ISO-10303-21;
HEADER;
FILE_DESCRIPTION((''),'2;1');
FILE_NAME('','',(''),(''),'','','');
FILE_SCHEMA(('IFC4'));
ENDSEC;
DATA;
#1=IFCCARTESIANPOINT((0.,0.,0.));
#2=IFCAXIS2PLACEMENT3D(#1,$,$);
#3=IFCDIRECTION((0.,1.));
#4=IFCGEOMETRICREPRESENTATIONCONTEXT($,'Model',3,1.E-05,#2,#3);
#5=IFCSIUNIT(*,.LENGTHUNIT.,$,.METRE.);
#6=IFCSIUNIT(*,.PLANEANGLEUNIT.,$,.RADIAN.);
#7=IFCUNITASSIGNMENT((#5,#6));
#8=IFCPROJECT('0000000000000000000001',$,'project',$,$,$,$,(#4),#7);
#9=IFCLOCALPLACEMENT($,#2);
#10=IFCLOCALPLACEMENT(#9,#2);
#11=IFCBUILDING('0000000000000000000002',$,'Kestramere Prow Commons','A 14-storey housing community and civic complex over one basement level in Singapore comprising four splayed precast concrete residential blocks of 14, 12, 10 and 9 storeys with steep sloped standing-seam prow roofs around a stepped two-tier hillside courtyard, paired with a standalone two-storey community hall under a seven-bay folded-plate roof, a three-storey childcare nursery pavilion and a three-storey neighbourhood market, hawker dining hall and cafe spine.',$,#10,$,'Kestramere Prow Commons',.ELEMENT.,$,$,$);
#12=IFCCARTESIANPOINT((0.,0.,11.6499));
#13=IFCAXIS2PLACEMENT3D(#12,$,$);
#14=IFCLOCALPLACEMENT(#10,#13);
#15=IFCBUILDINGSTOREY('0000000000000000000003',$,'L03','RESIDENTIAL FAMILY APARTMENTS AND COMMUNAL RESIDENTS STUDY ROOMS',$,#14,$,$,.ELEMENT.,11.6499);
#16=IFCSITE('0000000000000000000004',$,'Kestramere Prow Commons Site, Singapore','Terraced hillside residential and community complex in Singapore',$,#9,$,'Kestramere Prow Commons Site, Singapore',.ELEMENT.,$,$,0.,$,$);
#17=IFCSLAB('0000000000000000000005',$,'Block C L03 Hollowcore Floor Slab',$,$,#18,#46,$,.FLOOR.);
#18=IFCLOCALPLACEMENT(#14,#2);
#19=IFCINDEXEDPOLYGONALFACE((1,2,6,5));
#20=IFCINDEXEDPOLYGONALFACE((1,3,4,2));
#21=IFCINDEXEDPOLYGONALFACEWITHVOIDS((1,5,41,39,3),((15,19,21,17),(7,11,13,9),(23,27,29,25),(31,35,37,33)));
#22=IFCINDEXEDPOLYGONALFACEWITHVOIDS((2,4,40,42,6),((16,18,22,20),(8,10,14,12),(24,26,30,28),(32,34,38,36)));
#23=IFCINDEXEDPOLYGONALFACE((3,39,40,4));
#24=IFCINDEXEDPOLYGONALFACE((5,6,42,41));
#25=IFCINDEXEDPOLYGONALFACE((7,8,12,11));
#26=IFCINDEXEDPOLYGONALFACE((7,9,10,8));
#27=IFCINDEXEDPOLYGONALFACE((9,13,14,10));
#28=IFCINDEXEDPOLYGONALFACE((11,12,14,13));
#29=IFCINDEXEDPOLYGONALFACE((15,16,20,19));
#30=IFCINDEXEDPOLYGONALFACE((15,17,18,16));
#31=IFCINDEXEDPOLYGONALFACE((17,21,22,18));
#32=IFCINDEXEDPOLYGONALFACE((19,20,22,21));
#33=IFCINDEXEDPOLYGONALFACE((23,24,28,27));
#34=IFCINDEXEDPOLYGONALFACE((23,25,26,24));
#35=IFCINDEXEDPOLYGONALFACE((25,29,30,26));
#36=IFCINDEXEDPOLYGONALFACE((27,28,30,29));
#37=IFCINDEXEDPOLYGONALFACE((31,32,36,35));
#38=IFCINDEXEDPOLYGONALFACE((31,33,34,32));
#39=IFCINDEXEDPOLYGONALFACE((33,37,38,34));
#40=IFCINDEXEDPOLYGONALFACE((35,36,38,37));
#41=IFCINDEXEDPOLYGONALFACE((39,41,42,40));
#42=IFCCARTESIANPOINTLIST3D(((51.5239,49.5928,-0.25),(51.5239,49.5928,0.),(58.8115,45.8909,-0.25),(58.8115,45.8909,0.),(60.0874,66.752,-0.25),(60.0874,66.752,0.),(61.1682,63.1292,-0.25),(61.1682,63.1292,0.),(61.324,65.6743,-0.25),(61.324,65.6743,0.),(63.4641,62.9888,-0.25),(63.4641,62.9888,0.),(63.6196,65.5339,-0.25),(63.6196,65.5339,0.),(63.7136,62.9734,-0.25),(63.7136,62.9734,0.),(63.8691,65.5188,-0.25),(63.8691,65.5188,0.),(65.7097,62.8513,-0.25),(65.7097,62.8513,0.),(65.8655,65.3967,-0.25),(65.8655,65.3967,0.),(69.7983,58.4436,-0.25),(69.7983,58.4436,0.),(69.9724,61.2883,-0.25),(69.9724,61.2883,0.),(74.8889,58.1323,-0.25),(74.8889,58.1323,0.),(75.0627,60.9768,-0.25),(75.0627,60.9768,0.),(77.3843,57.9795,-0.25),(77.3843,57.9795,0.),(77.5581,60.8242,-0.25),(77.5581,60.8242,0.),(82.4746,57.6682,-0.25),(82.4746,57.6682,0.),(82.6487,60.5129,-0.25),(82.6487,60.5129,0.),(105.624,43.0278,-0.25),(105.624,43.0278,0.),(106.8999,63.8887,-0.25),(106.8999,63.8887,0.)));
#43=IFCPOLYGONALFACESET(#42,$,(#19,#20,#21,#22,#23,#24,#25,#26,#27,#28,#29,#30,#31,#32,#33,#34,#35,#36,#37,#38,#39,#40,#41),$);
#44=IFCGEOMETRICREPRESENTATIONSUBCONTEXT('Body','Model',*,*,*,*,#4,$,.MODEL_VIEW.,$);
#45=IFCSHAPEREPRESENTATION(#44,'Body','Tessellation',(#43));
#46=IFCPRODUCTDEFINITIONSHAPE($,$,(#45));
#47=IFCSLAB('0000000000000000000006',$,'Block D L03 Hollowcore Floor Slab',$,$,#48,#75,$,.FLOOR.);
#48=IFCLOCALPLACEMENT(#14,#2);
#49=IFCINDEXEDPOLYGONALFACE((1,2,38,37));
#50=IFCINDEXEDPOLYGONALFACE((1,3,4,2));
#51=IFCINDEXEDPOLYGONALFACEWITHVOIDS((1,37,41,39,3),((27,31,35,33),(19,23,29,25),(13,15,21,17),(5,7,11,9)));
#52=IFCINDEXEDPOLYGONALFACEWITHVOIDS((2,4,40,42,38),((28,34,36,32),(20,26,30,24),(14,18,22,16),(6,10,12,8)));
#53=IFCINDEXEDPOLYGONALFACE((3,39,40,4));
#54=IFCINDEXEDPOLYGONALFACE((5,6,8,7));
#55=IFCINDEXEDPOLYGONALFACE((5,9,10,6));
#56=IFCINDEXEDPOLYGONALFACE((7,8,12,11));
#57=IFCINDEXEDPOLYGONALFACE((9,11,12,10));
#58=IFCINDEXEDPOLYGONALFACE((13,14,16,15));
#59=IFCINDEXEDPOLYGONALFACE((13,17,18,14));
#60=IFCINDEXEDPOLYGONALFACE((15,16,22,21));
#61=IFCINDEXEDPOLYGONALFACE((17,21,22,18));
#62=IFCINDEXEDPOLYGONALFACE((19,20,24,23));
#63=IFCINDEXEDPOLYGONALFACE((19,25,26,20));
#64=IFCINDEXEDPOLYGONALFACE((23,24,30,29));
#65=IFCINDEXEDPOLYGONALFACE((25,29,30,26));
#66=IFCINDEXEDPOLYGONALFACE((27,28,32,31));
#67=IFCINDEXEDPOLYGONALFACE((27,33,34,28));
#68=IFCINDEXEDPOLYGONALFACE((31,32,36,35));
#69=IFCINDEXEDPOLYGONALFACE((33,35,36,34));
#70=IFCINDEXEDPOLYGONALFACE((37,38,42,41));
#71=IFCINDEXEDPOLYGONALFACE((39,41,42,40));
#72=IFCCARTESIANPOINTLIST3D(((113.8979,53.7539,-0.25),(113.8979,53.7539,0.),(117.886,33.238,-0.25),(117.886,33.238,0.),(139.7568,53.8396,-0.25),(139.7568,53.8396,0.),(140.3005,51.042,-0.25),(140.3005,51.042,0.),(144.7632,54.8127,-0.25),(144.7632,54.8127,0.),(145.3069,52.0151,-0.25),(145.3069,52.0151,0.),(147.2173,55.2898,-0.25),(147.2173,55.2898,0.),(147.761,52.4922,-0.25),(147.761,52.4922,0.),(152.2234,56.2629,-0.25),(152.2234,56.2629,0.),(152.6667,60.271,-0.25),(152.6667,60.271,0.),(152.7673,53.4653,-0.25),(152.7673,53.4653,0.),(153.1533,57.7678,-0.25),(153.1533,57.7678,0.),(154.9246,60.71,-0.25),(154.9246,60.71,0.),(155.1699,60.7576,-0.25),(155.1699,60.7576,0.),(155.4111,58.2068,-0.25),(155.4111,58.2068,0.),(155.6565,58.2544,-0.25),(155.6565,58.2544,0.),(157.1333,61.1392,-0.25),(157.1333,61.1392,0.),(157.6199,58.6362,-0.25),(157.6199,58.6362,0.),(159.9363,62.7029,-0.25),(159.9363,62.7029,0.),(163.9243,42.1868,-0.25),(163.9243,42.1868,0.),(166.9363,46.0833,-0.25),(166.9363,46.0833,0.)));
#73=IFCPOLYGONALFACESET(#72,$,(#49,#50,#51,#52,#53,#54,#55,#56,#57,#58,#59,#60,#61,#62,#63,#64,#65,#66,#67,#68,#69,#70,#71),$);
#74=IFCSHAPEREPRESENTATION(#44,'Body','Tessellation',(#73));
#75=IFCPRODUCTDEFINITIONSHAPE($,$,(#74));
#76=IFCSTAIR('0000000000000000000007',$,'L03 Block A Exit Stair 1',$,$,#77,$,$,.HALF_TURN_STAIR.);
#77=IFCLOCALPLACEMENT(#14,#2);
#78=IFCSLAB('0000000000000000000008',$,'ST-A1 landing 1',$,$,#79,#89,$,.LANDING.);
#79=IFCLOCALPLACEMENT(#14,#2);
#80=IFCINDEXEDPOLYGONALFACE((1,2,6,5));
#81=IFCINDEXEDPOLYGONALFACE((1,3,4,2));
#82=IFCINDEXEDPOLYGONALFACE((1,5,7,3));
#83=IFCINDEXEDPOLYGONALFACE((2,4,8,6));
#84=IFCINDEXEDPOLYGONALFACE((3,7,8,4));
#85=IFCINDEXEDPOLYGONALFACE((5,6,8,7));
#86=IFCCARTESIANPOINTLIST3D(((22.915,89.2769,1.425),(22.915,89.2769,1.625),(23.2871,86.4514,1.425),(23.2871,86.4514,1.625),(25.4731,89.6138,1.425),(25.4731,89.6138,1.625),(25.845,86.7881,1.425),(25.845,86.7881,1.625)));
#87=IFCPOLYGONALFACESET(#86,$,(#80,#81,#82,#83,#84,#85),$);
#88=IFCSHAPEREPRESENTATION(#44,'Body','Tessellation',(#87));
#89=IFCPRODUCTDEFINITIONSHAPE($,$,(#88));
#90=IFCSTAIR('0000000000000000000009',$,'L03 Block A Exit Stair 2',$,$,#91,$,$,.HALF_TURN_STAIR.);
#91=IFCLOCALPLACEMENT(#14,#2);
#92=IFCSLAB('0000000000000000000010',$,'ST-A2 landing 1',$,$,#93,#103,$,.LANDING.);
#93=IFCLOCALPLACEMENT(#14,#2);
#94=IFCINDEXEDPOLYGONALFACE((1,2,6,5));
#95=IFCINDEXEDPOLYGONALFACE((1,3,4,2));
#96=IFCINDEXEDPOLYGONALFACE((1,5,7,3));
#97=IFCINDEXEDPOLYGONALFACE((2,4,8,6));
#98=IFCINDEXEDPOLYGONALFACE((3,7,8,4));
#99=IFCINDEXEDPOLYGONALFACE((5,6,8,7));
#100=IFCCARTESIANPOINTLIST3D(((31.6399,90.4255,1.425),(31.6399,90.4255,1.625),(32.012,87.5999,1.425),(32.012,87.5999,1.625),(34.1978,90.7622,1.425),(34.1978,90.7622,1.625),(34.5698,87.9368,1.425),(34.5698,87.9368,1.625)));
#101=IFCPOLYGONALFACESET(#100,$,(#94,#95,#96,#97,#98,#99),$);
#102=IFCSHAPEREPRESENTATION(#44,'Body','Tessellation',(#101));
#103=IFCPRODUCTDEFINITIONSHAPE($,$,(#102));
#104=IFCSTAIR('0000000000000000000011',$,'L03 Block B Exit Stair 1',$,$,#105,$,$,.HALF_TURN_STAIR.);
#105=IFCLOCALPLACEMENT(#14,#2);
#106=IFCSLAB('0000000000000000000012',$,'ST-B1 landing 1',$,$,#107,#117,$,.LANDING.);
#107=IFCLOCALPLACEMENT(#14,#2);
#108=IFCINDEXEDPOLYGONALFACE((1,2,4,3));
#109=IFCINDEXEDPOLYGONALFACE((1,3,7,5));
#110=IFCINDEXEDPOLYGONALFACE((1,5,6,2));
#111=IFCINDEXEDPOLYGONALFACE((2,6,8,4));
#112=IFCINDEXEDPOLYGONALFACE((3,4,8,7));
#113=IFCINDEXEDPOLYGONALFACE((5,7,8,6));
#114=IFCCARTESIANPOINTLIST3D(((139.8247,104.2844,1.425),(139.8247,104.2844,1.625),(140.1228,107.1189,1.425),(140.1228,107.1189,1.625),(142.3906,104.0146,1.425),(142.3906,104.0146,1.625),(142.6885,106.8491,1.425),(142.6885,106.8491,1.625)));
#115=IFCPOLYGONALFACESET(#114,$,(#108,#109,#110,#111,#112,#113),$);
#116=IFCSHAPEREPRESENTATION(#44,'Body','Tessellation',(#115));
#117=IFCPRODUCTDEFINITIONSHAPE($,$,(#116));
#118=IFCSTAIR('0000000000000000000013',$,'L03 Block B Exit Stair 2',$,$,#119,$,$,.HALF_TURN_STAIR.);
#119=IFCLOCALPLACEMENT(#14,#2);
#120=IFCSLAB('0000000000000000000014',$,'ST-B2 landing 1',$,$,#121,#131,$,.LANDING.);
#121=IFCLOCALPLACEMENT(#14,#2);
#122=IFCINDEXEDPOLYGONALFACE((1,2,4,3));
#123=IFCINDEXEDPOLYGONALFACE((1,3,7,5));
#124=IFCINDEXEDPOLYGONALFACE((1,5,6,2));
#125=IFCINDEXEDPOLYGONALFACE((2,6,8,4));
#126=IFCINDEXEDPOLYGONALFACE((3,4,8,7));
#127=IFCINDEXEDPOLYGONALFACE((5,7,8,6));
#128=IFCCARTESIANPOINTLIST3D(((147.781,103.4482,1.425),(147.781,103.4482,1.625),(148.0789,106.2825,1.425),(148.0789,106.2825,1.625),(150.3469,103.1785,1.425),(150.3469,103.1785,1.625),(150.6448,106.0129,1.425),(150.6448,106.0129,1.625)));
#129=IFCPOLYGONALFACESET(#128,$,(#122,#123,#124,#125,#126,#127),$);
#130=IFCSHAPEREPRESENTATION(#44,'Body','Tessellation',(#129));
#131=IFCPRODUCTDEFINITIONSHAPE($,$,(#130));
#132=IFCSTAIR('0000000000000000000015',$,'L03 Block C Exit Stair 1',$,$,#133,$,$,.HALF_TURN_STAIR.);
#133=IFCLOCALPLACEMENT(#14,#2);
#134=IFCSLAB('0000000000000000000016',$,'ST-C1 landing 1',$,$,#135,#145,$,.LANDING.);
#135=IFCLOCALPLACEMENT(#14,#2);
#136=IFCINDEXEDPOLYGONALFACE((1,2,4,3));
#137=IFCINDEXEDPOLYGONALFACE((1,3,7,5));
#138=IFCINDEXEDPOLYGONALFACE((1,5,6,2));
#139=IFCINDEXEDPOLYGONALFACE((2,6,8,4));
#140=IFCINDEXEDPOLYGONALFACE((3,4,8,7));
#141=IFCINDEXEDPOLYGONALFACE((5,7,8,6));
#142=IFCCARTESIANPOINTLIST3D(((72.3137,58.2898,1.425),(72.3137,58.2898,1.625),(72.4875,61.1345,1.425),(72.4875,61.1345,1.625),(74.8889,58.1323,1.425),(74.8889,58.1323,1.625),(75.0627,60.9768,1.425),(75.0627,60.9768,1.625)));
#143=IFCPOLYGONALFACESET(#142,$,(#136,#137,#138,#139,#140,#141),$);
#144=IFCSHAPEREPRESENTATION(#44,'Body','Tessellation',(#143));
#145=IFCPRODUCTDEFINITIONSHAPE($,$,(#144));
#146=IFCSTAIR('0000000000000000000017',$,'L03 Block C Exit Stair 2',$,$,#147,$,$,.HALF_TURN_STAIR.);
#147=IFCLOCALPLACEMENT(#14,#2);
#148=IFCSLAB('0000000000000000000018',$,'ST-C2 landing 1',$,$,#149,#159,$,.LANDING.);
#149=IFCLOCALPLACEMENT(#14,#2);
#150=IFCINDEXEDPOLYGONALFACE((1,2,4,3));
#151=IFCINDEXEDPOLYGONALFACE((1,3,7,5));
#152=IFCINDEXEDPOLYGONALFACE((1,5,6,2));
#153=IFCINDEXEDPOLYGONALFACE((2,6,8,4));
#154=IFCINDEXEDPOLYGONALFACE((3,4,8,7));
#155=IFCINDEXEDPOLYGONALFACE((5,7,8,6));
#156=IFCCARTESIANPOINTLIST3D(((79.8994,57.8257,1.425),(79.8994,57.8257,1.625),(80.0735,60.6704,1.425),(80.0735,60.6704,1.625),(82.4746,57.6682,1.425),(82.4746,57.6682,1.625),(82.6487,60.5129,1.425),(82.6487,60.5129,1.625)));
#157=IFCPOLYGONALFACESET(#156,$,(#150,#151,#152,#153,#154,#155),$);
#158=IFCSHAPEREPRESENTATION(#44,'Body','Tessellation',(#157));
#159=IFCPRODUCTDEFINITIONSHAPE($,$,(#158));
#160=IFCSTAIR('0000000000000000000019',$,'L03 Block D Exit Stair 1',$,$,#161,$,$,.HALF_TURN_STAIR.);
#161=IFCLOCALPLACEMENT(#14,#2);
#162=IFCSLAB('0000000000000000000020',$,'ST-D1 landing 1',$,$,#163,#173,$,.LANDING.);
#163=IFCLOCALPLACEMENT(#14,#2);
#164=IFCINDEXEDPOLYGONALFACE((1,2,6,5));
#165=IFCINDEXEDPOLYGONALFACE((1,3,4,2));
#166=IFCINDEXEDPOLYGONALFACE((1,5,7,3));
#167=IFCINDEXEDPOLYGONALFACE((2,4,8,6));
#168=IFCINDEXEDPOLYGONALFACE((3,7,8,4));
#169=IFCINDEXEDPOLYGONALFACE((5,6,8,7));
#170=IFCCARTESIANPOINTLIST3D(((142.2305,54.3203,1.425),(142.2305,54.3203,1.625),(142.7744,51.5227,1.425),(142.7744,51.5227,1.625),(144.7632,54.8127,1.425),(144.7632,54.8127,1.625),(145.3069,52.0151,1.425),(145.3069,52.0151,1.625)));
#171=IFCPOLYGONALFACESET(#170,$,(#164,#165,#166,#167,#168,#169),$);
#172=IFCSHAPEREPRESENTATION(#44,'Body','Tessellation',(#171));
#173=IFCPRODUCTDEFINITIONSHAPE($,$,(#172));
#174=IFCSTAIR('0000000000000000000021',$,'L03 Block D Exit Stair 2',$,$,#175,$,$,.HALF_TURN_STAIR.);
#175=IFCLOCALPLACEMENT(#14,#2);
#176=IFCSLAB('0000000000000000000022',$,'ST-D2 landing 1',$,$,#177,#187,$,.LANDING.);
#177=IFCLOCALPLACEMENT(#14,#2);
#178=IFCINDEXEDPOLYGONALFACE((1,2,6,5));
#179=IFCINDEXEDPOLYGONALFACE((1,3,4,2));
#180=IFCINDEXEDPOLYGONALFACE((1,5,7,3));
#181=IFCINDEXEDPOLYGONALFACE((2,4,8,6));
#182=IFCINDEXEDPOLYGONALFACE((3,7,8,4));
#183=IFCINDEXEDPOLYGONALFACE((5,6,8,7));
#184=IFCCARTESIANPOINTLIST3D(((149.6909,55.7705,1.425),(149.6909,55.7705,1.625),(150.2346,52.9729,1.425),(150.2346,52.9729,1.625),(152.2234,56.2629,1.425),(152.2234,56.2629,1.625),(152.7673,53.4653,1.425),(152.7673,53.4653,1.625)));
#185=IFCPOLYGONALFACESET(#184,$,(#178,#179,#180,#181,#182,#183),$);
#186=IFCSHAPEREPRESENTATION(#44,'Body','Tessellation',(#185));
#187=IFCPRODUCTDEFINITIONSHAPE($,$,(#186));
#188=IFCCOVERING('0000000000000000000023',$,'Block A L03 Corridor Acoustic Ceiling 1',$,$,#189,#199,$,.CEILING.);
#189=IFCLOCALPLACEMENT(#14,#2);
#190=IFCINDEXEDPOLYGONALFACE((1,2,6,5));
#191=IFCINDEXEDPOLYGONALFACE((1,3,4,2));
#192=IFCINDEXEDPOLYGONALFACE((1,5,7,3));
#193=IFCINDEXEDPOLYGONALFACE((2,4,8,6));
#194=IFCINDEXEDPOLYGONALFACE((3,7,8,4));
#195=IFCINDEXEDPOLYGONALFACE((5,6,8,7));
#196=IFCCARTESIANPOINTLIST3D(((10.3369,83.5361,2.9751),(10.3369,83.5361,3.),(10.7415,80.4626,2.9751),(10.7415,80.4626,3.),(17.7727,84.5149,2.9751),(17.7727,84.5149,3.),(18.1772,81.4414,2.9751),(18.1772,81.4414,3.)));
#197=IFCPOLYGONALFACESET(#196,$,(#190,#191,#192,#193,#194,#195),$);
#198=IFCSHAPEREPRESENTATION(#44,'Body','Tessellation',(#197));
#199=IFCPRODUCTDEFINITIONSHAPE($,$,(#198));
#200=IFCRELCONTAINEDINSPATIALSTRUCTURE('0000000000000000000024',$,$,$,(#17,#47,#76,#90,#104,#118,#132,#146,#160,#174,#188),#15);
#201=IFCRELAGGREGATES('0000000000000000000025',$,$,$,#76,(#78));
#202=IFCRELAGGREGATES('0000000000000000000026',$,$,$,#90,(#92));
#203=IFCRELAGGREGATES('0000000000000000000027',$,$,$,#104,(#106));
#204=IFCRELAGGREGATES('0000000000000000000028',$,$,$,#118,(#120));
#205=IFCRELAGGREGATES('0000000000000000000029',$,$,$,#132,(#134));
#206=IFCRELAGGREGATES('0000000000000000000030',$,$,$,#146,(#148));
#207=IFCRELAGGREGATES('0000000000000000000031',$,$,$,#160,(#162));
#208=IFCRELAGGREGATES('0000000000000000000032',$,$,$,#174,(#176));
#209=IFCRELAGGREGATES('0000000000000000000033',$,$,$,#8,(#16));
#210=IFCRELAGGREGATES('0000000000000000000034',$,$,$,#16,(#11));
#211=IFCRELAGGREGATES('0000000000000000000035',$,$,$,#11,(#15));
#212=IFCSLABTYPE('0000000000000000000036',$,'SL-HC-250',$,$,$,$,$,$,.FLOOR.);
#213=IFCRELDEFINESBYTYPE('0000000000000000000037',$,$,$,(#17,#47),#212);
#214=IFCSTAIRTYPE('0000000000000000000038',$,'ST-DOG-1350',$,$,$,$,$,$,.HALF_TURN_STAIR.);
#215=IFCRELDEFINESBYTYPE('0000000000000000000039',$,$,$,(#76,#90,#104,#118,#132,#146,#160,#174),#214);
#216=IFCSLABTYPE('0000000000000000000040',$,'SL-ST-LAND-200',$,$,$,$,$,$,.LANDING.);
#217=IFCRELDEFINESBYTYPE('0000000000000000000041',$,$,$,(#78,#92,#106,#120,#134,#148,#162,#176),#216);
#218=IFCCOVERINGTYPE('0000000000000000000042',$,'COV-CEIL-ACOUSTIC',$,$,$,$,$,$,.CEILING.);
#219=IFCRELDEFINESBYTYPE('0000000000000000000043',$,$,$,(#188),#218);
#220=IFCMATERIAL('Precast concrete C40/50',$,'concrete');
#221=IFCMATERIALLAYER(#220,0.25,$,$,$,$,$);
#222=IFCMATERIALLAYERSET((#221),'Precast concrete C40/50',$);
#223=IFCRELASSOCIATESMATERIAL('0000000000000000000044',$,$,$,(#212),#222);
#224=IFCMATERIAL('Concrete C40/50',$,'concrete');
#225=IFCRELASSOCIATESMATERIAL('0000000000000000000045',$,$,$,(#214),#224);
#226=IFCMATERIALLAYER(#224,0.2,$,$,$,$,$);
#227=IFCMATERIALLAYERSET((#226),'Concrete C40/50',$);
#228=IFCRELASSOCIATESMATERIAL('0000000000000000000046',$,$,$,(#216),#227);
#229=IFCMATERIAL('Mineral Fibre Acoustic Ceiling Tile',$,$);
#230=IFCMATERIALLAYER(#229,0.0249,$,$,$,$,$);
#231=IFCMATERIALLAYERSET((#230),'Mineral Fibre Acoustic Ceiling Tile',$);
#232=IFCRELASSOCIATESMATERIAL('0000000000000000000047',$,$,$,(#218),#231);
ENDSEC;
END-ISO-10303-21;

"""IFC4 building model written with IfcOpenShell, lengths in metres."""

from ifc_helpers import new_model, si_unit, direction, frame, origin, place, context, subcontext, project, spatial, polyline, outline, extrude, material, layer, layer_set, type_object, element, aggregate, save


model = new_model("IFC4")

# Units and contexts
model_context = context("Model", 3, precision=1e-05, world=origin(), true_north=direction((0.0, 1.0)))
body_context = subcontext(model_context, "Body", "Model", "MODEL_VIEW")
ifc_project = project(units=[si_unit("LENGTHUNIT", "METRE"), si_unit("PLANEANGLEUNIT", "RADIAN")], contexts=[model_context])

# Site, building, storey
site_placement = place(None, origin())
site = spatial("IfcSite", under=ifc_project, at=site_placement, Name="Kestramere Prow Commons Site, Singapore", Description="Terraced hillside residential and community complex in Singapore", LongName="Kestramere Prow Commons Site, Singapore", CompositionType="ELEMENT", RefElevation=0.0)
building_placement = place(site_placement, origin())
building = spatial("IfcBuilding", under=site, at=building_placement, Name="Kestramere Prow Commons", Description="A 14-storey housing community and civic complex over one basement level in Singapore comprising four splayed precast concrete residential blocks of 14, 12, 10 and 9 storeys with steep sloped standing-seam prow roofs around a stepped two-tier hillside courtyard, paired with a standalone two-storey community hall under a seven-bay folded-plate roof, a three-storey childcare nursery pavilion and a three-storey neighbourhood market, hawker dining hall and cafe spine.", LongName="Kestramere Prow Commons", CompositionType="ELEMENT")
storey_placement = place(building_placement, frame((0.0, 0.0, 11.6499)))
storey = spatial("IfcBuildingStorey", under=building, at=storey_placement, Name="L03", Description="RESIDENTIAL FAMILY APARTMENTS AND COMMUNAL RESIDENTS STUDY ROOMS", CompositionType="ELEMENT", Elevation=11.6499)

# Slabs
ifc_material_1 = material(Name="Precast concrete C40/50", Category="concrete")
ifc_layer_1 = layer(ifc_material_1, 0.25)
ifc_layer_set_1 = layer_set([ifc_layer_1], Name="Precast concrete C40/50")
slab_type_1 = type_object("IfcSlabType", Name="SL-HC-250", PredefinedType="FLOOR", material=ifc_layer_set_1)
slab_1_placement = place(storey_placement, frame((0.0, 0.0, -0.25)))
element("IfcSlab", 1, at=slab_1_placement, inside=storey, type_object=slab_type_1, Name="Block C L03 Hollowcore Floor Slab", PredefinedType="FLOOR", context=body_context, shape_type="SweptSolid", body=[
    extrude(outline(polyline([(51.5239, 49.5928), (58.8115, 45.8909), (105.624, 43.0278), (106.8999, 63.8887), (60.0874, 66.752), (51.5239, 49.5928)]), holes=[polyline([(61.1682, 63.1292), (63.4641, 62.9888), (63.6196, 65.5339), (61.324, 65.6743), (61.1682, 63.1292)]), polyline([(63.7136, 62.9734), (65.7097, 62.8513), (65.8655, 65.3967), (63.8691, 65.5188), (63.7136, 62.9734)]), polyline([(69.7983, 58.4436), (74.8889, 58.1323), (75.0627, 60.9768), (69.9724, 61.2883), (69.7983, 58.4436)]), polyline([(77.3843, 57.9795), (82.4746, 57.6682), (82.6487, 60.5129), (77.5581, 60.8242), (77.3843, 57.9795)])]), origin(), (0.0, 0.0, 1.0), 0.25),
])
slab_2_placement = place(storey_placement, frame((0.0, 0.0, -0.25)))
element("IfcSlab", 2, at=slab_2_placement, inside=storey, type_object=slab_type_1, Name="Block D L03 Hollowcore Floor Slab", PredefinedType="FLOOR", context=body_context, shape_type="SweptSolid", body=[
    extrude(outline(polyline([(117.886, 33.238), (163.9243, 42.1868), (166.9363, 46.0833), (159.9363, 62.7029), (113.8979, 53.7539), (117.886, 33.238)]), holes=[polyline([(153.1533, 57.7678), (155.4111, 58.2068), (154.9246, 60.71), (152.6667, 60.271), (153.1533, 57.7678)]), polyline([(155.6565, 58.2544), (157.6199, 58.6362), (157.1333, 61.1392), (155.1699, 60.7576), (155.6565, 58.2544)]), polyline([(140.3005, 51.042), (145.3069, 52.0151), (144.7632, 54.8127), (139.7568, 53.8396), (140.3005, 51.042)]), polyline([(147.761, 52.4922), (152.7673, 53.4653), (152.2234, 56.2629), (147.2173, 55.2898), (147.761, 52.4922)])]), origin(), (0.0, 0.0, 1.0), 0.25),
])

# Stairs, slabs
ifc_material_2 = material(Name="Concrete C40/50", Category="concrete")
stair_type = type_object("IfcStairType", Name="ST-DOG-1350", PredefinedType="HALF_TURN_STAIR", material=ifc_material_2)
stair_1_placement = place(storey_placement, origin())
stair_1 = element("IfcStair", 3, at=stair_1_placement, inside=storey, type_object=stair_type, Name="L03 Block A Exit Stair 1", PredefinedType="HALF_TURN_STAIR")
ifc_layer_2 = layer(ifc_material_2, 0.2)
ifc_layer_set_2 = layer_set([ifc_layer_2], Name="Concrete C40/50")
slab_type_2 = type_object("IfcSlabType", Name="SL-ST-LAND-200", PredefinedType="LANDING", material=ifc_layer_set_2)
slab_3_placement = place(storey_placement, frame((0.0, 0.0, 1.425)))
slab_3 = element("IfcSlab", 4, at=slab_3_placement, type_object=slab_type_2, Name="ST-A1 landing 1", PredefinedType="LANDING", context=body_context, shape_type="SweptSolid", body=[
    extrude(outline(polyline([(23.2871, 86.4514), (25.845, 86.7881), (25.4731, 89.6138), (22.915, 89.2769), (23.2871, 86.4514)])), origin(), (0.0, 0.0, 1.0), 0.2),
])
aggregate(stair_1, [slab_3])
stair_2_placement = place(storey_placement, origin())
stair_2 = element("IfcStair", 5, at=stair_2_placement, inside=storey, type_object=stair_type, Name="L03 Block A Exit Stair 2", PredefinedType="HALF_TURN_STAIR")
slab_4_placement = place(storey_placement, frame((0.0, 0.0, 1.425)))
slab_4 = element("IfcSlab", 6, at=slab_4_placement, type_object=slab_type_2, Name="ST-A2 landing 1", PredefinedType="LANDING", context=body_context, shape_type="SweptSolid", body=[
    extrude(outline(polyline([(32.012, 87.5999), (34.5698, 87.9368), (34.1978, 90.7622), (31.6399, 90.4255), (32.012, 87.5999)])), origin(), (0.0, 0.0, 1.0), 0.2),
])
aggregate(stair_2, [slab_4])
stair_3_placement = place(storey_placement, origin())
stair_3 = element("IfcStair", 7, at=stair_3_placement, inside=storey, type_object=stair_type, Name="L03 Block B Exit Stair 1", PredefinedType="HALF_TURN_STAIR")
slab_5_placement = place(storey_placement, frame((0.0, 0.0, 1.425)))
slab_5 = element("IfcSlab", 8, at=slab_5_placement, type_object=slab_type_2, Name="ST-B1 landing 1", PredefinedType="LANDING", context=body_context, shape_type="SweptSolid", body=[
    extrude(outline(polyline([(139.8247, 104.2844), (142.3906, 104.0146), (142.6885, 106.8491), (140.1228, 107.1189), (139.8247, 104.2844)])), origin(), (0.0, 0.0, 1.0), 0.2),
])
aggregate(stair_3, [slab_5])
stair_4_placement = place(storey_placement, origin())
stair_4 = element("IfcStair", 9, at=stair_4_placement, inside=storey, type_object=stair_type, Name="L03 Block B Exit Stair 2", PredefinedType="HALF_TURN_STAIR")
slab_6_placement = place(storey_placement, frame((0.0, 0.0, 1.425)))
slab_6 = element("IfcSlab", 10, at=slab_6_placement, type_object=slab_type_2, Name="ST-B2 landing 1", PredefinedType="LANDING", context=body_context, shape_type="SweptSolid", body=[
    extrude(outline(polyline([(147.781, 103.4482), (150.3469, 103.1785), (150.6448, 106.0129), (148.0789, 106.2825), (147.781, 103.4482)])), origin(), (0.0, 0.0, 1.0), 0.2),
])
aggregate(stair_4, [slab_6])
stair_5_placement = place(storey_placement, origin())
stair_5 = element("IfcStair", 11, at=stair_5_placement, inside=storey, type_object=stair_type, Name="L03 Block C Exit Stair 1", PredefinedType="HALF_TURN_STAIR")
slab_7_placement = place(storey_placement, frame((0.0, 0.0, 1.425)))
slab_7 = element("IfcSlab", 12, at=slab_7_placement, type_object=slab_type_2, Name="ST-C1 landing 1", PredefinedType="LANDING", context=body_context, shape_type="SweptSolid", body=[
    extrude(outline(polyline([(72.3137, 58.2898), (74.8889, 58.1323), (75.0627, 60.9768), (72.4875, 61.1345), (72.3137, 58.2898)])), origin(), (0.0, 0.0, 1.0), 0.2),
])
aggregate(stair_5, [slab_7])
stair_6_placement = place(storey_placement, origin())
stair_6 = element("IfcStair", 13, at=stair_6_placement, inside=storey, type_object=stair_type, Name="L03 Block C Exit Stair 2", PredefinedType="HALF_TURN_STAIR")
slab_8_placement = place(storey_placement, frame((0.0, 0.0, 1.425)))
slab_8 = element("IfcSlab", 14, at=slab_8_placement, type_object=slab_type_2, Name="ST-C2 landing 1", PredefinedType="LANDING", context=body_context, shape_type="SweptSolid", body=[
    extrude(outline(polyline([(79.8994, 57.8257), (82.4746, 57.6682), (82.6487, 60.5129), (80.0735, 60.6704), (79.8994, 57.8257)])), origin(), (0.0, 0.0, 1.0), 0.2),
])
aggregate(stair_6, [slab_8])
stair_7_placement = place(storey_placement, origin())
stair_7 = element("IfcStair", 15, at=stair_7_placement, inside=storey, type_object=stair_type, Name="L03 Block D Exit Stair 1", PredefinedType="HALF_TURN_STAIR")
slab_9_placement = place(storey_placement, frame((0.0, 0.0, 1.425)))
slab_9 = element("IfcSlab", 16, at=slab_9_placement, type_object=slab_type_2, Name="ST-D1 landing 1", PredefinedType="LANDING", context=body_context, shape_type="SweptSolid", body=[
    extrude(outline(polyline([(142.7744, 51.5227), (145.3069, 52.0151), (144.7632, 54.8127), (142.2305, 54.3203), (142.7744, 51.5227)])), origin(), (0.0, 0.0, 1.0), 0.2),
])
aggregate(stair_7, [slab_9])
stair_8_placement = place(storey_placement, origin())
stair_8 = element("IfcStair", 17, at=stair_8_placement, inside=storey, type_object=stair_type, Name="L03 Block D Exit Stair 2", PredefinedType="HALF_TURN_STAIR")
slab_10_placement = place(storey_placement, frame((0.0, 0.0, 1.425)))
slab_10 = element("IfcSlab", 18, at=slab_10_placement, type_object=slab_type_2, Name="ST-D2 landing 1", PredefinedType="LANDING", context=body_context, shape_type="SweptSolid", body=[
    extrude(outline(polyline([(150.2346, 52.9729), (152.7673, 53.4653), (152.2234, 56.2629), (149.6909, 55.7705), (150.2346, 52.9729)])), origin(), (0.0, 0.0, 1.0), 0.2),
])
aggregate(stair_8, [slab_10])

# Covering
ifc_material_3 = material(Name="Mineral Fibre Acoustic Ceiling Tile")
ifc_layer_3 = layer(ifc_material_3, 0.0249)
ifc_layer_set_3 = layer_set([ifc_layer_3], Name="Mineral Fibre Acoustic Ceiling Tile")
covering_type_1 = type_object("IfcCoveringType", Name="COV-CEIL-ACOUSTIC", PredefinedType="CEILING", material=ifc_layer_set_3)
covering_1_placement = place(storey_placement, frame((0.0, 0.0, 2.9751)))
element("IfcCovering", 19, at=covering_1_placement, inside=storey, type_object=covering_type_1, Name="Block A L03 Corridor Acoustic Ceiling 1", PredefinedType="CEILING", context=body_context, shape_type="SweptSolid", body=[
    extrude(outline(polyline([(10.7415, 80.4626), (18.1772, 81.4414), (17.7727, 84.5149), (10.3369, 83.5361), (10.7415, 80.4626)])), origin(), (0.0, 0.0, 1.0), 0.0249),
])

save(model, "model.ifc")
